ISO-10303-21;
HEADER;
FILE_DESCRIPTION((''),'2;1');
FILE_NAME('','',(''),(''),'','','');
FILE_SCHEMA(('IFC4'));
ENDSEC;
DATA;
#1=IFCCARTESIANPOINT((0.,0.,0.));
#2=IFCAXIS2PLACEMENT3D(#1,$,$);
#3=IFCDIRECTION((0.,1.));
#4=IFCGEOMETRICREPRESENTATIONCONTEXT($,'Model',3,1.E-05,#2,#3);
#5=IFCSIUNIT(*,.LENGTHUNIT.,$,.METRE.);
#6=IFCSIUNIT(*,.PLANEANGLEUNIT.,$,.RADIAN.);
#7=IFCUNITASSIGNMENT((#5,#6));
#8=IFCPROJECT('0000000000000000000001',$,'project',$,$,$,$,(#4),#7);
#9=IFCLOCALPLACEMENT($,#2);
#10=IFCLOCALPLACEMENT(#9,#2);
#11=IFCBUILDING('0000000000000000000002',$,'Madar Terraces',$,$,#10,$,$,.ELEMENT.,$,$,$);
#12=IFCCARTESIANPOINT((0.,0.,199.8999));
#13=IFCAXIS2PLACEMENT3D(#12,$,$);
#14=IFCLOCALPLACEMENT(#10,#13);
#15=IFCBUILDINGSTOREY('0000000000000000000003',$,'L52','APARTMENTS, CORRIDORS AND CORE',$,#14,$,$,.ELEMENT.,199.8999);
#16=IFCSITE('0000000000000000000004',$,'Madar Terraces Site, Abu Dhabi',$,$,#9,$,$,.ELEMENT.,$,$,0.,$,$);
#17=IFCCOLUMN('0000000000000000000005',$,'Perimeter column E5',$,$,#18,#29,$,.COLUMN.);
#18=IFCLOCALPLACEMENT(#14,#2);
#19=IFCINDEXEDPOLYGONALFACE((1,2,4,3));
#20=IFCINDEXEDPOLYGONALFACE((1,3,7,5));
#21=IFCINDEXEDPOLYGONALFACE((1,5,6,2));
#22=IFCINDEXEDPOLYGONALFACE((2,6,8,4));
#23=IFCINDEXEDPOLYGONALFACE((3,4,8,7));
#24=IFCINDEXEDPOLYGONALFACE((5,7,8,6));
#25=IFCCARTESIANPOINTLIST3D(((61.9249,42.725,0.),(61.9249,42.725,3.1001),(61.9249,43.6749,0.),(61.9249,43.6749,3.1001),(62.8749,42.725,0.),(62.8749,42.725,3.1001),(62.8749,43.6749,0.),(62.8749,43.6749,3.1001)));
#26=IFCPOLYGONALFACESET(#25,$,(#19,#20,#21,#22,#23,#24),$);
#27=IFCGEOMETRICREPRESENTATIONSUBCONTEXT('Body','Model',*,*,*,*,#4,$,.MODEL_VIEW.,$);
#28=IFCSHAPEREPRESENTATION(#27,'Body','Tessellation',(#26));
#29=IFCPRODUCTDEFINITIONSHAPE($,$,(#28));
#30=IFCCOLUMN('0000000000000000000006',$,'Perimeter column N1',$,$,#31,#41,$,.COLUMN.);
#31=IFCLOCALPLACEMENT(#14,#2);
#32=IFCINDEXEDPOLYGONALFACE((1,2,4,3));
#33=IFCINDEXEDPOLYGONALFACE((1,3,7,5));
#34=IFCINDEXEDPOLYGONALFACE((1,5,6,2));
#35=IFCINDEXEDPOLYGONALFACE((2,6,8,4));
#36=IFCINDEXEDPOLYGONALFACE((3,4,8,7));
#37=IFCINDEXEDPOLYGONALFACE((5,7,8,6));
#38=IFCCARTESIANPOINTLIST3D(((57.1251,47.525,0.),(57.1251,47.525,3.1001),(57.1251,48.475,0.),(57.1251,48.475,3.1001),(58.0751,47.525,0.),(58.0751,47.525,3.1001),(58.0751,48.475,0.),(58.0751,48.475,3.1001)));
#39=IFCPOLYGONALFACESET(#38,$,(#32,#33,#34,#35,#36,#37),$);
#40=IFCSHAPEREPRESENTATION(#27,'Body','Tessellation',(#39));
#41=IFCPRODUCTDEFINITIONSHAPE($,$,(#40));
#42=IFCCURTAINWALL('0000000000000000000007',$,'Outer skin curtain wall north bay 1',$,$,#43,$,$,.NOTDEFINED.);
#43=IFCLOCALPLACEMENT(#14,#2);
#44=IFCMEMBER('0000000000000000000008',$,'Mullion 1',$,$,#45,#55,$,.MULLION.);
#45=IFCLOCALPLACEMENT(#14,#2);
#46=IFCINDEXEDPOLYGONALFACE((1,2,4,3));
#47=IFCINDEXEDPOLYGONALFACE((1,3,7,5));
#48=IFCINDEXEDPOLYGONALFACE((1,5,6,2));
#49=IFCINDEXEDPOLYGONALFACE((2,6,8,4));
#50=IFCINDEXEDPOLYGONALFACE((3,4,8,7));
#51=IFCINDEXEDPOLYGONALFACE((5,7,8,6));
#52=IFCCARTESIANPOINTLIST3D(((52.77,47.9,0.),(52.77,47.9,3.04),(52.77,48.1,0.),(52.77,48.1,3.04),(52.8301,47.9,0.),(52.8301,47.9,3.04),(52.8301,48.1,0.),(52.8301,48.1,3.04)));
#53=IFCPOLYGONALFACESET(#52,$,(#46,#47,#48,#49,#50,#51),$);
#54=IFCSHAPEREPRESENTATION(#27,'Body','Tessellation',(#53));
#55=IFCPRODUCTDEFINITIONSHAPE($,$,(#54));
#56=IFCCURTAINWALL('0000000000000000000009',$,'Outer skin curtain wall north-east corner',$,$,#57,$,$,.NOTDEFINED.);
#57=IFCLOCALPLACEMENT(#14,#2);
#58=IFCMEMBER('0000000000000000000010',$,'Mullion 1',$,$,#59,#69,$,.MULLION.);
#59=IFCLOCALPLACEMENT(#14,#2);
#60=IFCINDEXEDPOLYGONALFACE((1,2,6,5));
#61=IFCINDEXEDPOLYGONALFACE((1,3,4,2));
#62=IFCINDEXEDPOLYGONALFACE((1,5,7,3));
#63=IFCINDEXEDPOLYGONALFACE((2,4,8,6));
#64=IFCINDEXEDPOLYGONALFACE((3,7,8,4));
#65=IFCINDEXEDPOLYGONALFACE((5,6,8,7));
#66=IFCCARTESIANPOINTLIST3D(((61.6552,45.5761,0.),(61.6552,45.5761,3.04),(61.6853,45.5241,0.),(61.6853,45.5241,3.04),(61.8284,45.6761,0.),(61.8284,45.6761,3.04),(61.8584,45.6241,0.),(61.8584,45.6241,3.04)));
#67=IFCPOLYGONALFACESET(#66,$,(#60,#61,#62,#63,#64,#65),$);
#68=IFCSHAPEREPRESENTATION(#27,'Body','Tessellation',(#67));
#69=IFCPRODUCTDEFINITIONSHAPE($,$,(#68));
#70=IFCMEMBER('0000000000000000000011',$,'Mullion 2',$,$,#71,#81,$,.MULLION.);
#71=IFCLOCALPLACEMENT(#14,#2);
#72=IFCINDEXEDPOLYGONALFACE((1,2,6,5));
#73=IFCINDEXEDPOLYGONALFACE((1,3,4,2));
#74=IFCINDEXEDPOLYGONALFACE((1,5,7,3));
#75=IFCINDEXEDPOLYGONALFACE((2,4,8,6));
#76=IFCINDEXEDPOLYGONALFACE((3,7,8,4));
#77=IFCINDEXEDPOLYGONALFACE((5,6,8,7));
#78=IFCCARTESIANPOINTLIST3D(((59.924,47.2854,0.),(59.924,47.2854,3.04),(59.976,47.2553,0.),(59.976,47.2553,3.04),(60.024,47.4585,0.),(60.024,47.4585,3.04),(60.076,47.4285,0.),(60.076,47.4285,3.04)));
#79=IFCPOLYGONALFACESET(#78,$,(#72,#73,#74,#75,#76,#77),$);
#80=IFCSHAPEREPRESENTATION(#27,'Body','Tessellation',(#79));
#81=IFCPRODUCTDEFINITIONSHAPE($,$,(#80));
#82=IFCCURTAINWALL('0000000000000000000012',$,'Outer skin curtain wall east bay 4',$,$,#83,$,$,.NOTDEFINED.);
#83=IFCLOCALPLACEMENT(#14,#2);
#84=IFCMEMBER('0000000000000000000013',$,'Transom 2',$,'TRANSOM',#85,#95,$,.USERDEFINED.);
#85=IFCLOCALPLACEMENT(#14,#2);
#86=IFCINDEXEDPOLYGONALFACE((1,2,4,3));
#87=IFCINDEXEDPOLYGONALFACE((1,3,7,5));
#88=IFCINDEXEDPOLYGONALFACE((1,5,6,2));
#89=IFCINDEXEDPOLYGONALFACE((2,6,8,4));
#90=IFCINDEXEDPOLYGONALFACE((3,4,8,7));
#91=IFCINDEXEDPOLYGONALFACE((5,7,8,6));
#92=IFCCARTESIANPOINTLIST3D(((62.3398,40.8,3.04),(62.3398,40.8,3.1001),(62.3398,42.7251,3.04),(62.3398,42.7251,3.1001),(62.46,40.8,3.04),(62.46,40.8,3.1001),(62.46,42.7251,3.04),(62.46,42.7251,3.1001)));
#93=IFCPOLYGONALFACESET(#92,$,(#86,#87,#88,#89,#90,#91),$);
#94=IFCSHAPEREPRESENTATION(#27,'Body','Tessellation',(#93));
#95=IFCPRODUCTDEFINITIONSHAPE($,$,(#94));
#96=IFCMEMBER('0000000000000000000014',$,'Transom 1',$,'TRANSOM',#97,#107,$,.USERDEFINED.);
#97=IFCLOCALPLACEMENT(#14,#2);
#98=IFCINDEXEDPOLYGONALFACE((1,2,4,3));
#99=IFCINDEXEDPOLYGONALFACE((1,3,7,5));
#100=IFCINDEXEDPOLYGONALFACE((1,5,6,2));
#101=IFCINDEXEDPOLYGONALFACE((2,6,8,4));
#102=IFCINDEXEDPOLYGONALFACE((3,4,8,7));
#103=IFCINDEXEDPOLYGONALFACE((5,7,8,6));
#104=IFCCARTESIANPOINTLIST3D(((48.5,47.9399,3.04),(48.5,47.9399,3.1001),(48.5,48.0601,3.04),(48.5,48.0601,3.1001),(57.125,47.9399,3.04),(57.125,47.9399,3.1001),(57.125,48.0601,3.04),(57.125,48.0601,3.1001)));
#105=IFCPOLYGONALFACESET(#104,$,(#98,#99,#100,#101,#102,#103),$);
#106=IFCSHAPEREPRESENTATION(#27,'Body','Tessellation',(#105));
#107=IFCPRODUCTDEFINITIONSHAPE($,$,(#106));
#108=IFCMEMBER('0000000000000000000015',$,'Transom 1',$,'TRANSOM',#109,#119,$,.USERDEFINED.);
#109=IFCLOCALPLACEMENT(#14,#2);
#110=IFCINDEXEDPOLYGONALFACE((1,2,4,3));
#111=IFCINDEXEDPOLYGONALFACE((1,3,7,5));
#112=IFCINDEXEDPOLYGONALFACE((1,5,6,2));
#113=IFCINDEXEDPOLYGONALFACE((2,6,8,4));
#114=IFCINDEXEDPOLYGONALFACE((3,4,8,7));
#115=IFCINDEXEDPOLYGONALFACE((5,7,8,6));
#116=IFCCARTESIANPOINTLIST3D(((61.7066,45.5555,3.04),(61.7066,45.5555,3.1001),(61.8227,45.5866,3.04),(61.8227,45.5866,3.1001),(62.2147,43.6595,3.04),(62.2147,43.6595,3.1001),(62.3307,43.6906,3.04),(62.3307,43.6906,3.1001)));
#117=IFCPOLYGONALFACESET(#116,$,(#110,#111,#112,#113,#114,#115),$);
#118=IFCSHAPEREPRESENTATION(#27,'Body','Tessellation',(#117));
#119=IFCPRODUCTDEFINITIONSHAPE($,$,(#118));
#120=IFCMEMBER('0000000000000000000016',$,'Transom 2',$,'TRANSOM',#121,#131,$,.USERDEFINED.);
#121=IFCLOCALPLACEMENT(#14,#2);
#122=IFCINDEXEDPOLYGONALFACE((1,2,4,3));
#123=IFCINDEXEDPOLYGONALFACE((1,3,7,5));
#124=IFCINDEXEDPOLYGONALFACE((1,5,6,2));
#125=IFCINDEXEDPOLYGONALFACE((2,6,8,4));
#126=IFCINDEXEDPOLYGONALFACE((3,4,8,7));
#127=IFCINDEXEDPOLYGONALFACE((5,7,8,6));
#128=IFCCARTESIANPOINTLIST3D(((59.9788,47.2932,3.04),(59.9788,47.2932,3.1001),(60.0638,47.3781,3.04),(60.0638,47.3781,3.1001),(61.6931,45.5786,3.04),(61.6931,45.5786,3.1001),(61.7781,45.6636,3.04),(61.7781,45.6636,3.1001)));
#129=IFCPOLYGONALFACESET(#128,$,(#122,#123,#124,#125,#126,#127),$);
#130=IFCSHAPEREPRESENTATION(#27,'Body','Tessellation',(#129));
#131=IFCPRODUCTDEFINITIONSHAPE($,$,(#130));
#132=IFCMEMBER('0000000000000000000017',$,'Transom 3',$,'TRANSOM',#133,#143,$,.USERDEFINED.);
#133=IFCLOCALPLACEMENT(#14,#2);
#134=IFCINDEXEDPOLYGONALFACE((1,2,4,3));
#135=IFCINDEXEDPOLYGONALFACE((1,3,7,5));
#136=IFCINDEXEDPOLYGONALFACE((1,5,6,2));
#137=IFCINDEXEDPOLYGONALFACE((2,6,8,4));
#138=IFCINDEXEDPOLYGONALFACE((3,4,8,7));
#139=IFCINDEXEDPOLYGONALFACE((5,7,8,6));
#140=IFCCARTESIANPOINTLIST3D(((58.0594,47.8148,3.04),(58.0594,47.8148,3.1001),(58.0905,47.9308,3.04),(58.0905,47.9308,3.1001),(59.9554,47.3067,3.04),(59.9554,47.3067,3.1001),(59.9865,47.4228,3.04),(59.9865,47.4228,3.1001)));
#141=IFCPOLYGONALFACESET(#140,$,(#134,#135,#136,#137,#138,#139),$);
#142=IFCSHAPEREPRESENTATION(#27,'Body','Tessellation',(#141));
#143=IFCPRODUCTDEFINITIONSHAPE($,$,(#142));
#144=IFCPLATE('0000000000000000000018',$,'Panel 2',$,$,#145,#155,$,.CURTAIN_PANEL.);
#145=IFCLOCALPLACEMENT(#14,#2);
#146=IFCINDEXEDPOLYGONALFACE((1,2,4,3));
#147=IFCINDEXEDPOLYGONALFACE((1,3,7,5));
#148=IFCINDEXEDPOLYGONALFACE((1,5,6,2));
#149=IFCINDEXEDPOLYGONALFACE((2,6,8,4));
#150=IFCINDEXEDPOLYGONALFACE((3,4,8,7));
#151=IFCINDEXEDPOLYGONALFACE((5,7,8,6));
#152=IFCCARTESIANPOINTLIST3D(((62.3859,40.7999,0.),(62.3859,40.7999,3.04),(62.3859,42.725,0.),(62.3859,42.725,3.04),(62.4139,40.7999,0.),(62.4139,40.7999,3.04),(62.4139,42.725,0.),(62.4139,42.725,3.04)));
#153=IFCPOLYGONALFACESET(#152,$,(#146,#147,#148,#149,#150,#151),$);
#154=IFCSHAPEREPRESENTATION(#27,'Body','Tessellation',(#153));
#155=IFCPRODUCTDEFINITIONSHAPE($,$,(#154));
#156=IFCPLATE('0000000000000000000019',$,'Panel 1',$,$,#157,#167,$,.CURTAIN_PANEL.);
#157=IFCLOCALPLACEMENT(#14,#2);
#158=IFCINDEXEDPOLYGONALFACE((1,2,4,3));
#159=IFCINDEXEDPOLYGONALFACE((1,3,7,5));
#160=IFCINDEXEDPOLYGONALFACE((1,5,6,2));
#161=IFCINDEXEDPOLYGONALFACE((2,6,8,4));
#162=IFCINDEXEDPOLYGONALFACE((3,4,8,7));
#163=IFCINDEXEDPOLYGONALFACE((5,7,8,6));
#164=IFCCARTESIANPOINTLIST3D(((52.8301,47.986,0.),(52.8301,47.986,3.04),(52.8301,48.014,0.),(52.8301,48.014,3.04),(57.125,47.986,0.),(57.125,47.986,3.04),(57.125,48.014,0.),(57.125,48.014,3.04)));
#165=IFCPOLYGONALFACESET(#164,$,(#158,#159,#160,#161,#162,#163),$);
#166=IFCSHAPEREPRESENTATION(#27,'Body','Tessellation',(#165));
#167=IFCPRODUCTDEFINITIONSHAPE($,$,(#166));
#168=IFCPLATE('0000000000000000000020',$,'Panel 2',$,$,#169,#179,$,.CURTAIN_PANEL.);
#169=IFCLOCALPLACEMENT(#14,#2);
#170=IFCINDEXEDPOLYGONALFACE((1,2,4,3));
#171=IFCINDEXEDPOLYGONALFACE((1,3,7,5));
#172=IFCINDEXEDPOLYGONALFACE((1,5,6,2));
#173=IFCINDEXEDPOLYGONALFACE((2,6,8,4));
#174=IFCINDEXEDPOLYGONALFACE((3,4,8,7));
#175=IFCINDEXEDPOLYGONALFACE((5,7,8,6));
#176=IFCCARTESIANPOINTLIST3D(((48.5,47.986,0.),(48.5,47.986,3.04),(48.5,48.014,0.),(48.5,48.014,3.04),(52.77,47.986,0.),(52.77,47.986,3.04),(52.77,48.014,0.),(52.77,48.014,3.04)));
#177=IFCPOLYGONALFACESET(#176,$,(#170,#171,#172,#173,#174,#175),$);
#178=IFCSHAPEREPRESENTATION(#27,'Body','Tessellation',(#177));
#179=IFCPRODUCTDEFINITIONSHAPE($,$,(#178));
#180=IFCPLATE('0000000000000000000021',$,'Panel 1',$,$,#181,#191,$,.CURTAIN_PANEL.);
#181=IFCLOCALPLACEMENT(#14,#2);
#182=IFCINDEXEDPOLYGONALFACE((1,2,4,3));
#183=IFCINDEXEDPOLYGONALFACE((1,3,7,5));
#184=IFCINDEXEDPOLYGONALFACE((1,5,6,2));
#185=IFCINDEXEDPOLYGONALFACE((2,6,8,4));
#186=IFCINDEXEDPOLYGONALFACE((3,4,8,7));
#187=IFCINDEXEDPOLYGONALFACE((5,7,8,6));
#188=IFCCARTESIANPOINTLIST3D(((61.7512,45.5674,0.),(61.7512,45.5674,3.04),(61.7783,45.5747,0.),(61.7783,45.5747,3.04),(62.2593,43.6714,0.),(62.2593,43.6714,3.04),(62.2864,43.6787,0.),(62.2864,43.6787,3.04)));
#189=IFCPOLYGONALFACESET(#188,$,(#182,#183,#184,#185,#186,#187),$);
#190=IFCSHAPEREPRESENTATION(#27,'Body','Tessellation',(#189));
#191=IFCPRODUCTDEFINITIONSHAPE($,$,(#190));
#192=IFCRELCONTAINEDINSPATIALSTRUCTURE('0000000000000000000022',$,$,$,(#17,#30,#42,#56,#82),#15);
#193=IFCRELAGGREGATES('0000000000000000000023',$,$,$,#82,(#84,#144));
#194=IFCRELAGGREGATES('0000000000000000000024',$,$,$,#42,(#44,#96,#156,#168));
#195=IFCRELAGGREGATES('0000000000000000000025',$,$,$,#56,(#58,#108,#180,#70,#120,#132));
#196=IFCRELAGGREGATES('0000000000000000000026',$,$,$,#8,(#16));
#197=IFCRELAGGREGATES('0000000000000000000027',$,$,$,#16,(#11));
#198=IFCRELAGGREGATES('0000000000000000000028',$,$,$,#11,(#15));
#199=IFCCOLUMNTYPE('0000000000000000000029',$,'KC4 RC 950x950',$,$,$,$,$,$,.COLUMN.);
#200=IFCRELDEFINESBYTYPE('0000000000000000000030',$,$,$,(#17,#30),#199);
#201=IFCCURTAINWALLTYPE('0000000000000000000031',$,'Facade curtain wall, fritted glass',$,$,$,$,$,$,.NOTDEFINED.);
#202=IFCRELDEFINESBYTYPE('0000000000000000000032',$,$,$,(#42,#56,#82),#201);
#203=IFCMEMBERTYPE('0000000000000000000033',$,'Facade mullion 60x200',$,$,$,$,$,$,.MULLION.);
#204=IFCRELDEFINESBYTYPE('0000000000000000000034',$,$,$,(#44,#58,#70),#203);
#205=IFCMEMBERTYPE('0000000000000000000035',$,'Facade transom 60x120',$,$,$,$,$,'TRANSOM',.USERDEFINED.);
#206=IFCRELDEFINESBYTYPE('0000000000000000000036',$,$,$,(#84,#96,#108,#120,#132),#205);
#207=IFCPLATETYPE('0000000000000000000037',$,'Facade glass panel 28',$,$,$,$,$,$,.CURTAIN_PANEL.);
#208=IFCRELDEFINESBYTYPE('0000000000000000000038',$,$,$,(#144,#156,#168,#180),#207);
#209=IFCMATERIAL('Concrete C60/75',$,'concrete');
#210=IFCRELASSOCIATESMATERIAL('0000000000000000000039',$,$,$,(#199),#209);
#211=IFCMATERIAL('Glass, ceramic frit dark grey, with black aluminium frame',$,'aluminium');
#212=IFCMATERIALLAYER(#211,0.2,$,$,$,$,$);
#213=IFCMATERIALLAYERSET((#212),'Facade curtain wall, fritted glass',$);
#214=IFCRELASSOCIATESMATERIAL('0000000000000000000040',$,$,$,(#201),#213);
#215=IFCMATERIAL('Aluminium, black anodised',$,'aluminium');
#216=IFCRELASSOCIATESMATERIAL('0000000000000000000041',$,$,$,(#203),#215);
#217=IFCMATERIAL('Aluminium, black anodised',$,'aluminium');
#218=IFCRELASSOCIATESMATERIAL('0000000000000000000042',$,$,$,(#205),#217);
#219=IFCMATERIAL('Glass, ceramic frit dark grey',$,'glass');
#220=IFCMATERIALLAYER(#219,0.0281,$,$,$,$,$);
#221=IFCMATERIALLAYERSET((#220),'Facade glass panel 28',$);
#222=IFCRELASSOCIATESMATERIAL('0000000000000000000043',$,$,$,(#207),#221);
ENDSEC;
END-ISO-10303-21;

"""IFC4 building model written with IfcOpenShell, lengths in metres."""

from ifc_helpers import new_model, si_unit, direction, frame, origin, origin_2d, place, context, subcontext, project, spatial, rectangle, extrude, material, layer, layer_set, material_profile, profile_set, type_object, element, aggregate, save


model = new_model("IFC4")

# Units and contexts
model_context = context("Model", 3, precision=1e-05, world=origin(), true_north=direction((0.0, 1.0)))
body_context = subcontext(model_context, "Body", "Model", "MODEL_VIEW")
ifc_project = project(units=[si_unit("LENGTHUNIT", "METRE"), si_unit("PLANEANGLEUNIT", "RADIAN")], contexts=[model_context])

# Site, building, storey
site_placement = place(None, origin())
site = spatial("IfcSite", under=ifc_project, at=site_placement, Name="Madar Terraces Site, Abu Dhabi", CompositionType="ELEMENT", RefElevation=0.0)
building_placement = place(site_placement, origin())
building = spatial("IfcBuilding", under=site, at=building_placement, Name="Madar Terraces", CompositionType="ELEMENT")
storey_placement = place(building_placement, frame((0.0, 0.0, 199.8999)))
storey = spatial("IfcBuildingStorey", under=building, at=storey_placement, Name="L52", Description="APARTMENTS, CORRIDORS AND CORE", CompositionType="ELEMENT", Elevation=199.8999)

# Columns
ifc_material_1 = material(Name="Concrete C60/75", Category="concrete")
ifc_material_profile_1 = material_profile(ifc_material_1, rectangle(XDim=0.95, YDim=0.95, at=origin_2d()), Name="KC4 RC 950x950")
ifc_profile_set_1 = profile_set([ifc_material_profile_1], Name="Concrete C60/75")
column_type = type_object("IfcColumnType", Name="KC4 RC 950x950", PredefinedType="COLUMN", material=ifc_profile_set_1)
for number, where, z_axis, x_axis, name in (
    (1, (62.3999, 43.2, 0.0), (0.0, 0.0, 1.0), (1.0, 0.0, 0.0), "Perimeter column E5"),
    (2, (57.6001, 48.0, 0.0), (0.0, 0.0, 1.0), (1.0, 0.0, 0.0), "Perimeter column N1"),
):
    element("IfcColumn", number, at=place(storey_placement, frame(where, z_axis=z_axis, x_axis=x_axis)), inside=storey, type_object=column_type, Name=name, PredefinedType="COLUMN", context=body_context, shape_type="SweptSolid", body=[
        extrude(rectangle(XDim=0.95, YDim=0.95, at=origin_2d()), origin(), (0.0, 0.0, 1.0), 3.1001),
    ])

# Curtain wall, member
ifc_material_2 = material(Name="Glass, ceramic frit dark grey, with black aluminium frame", Category="aluminium")
ifc_layer_1 = layer(ifc_material_2, 0.2)
ifc_layer_set_1 = layer_set([ifc_layer_1], Name="Facade curtain wall, fritted glass")
curtain_wall_type = type_object("IfcCurtainWallType", Name="Facade curtain wall, fritted glass", PredefinedType="NOTDEFINED", material=ifc_layer_set_1)
curtain_wall_1_placement = place(storey_placement, origin())
curtain_wall_1 = element("IfcCurtainWall", 3, at=curtain_wall_1_placement, inside=storey, type_object=curtain_wall_type, Name="Outer skin curtain wall north bay 1", PredefinedType="NOTDEFINED")
ifc_material_3 = material(Name="Aluminium, black anodised", Category="aluminium")
ifc_material_profile_2 = material_profile(ifc_material_3, rectangle(XDim=0.2, YDim=0.0601, at=origin_2d()), Name="Facade mullion 60x200")
ifc_profile_set_2 = profile_set([ifc_material_profile_2], Name="Aluminium, black anodised")
member_type_1 = type_object("IfcMemberType", Name="Facade mullion 60x200", PredefinedType="MULLION", material=ifc_profile_set_2)
member_1_placement = place(storey_placement, frame((52.8, 48.0, 0.0), z_axis=(0.0, 0.0, 1.0), x_axis=(0.0, -1.0, 0.0)))
member_1 = element("IfcMember", 4, at=member_1_placement, type_object=member_type_1, Name="Mullion 1", PredefinedType="MULLION", context=body_context, shape_type="SweptSolid", body=[
    extrude(rectangle(XDim=0.2, YDim=0.0601, at=origin_2d()), origin(), (0.0, 0.0, 1.0), 3.04),
])

# Curtain wall, members
curtain_wall_2_placement = place(storey_placement, origin())
curtain_wall_2 = element("IfcCurtainWall", 5, at=curtain_wall_2_placement, inside=storey, type_object=curtain_wall_type, Name="Outer skin curtain wall north-east corner", PredefinedType="NOTDEFINED")
member_2_placement = place(storey_placement, frame((61.7568, 45.6001, 0.0), z_axis=(0.0, 0.0, 1.0), x_axis=(-0.866025, -0.5, 0.0)))
member_2 = element("IfcMember", 6, at=member_2_placement, type_object=member_type_1, Name="Mullion 1", PredefinedType="MULLION", context=body_context, shape_type="SweptSolid", body=[
    extrude(rectangle(XDim=0.2, YDim=0.0601, at=origin_2d()), origin(), (0.0, 0.0, 1.0), 3.04),
])
member_3_placement = place(storey_placement, frame((60.0, 47.3569, 0.0), z_axis=(0.0, 0.0, 1.0), x_axis=(-0.5, -0.866025, 0.0)))
member_3 = element("IfcMember", 7, at=member_3_placement, type_object=member_type_1, Name="Mullion 2", PredefinedType="MULLION", context=body_context, shape_type="SweptSolid", body=[
    extrude(rectangle(XDim=0.2, YDim=0.0601, at=origin_2d()), origin(), (0.0, 0.0, 1.0), 3.04),
])

# Curtain wall, member
curtain_wall_3_placement = place(storey_placement, origin())
curtain_wall_3 = element("IfcCurtainWall", 8, at=curtain_wall_3_placement, inside=storey, type_object=curtain_wall_type, Name="Outer skin curtain wall east bay 4", PredefinedType="NOTDEFINED")
ifc_material_4 = material(Name="Aluminium, black anodised", Category="aluminium")
ifc_material_profile_3 = material_profile(ifc_material_4, rectangle(XDim=0.1201, YDim=0.0601, at=origin_2d()), Name="Facade transom 60x120")
ifc_profile_set_3 = profile_set([ifc_material_profile_3], Name="Aluminium, black anodised")
member_type_2 = type_object("IfcMemberType", Name="Facade transom 60x120", ElementType="TRANSOM", PredefinedType="USERDEFINED", material=ifc_profile_set_3)
member_4_placement = place(storey_placement, frame((62.3999, 40.8, 3.0701), z_axis=(0.0, 1.0, 0.0), x_axis=(-1.0, 0.0, 0.0)))
member_4 = element("IfcMember", 9, at=member_4_placement, type_object=member_type_2, Name="Transom 2", ObjectType="TRANSOM", PredefinedType="USERDEFINED", context=body_context, shape_type="SweptSolid", body=[
    extrude(rectangle(XDim=0.1201, YDim=0.0601, at=origin_2d()), origin(), (0.0, 0.0, 1.0), 1.925),
])

# Members
member_5_placement = place(storey_placement, frame((57.125, 48.0, 3.0701), z_axis=(-1.0, 0.0, 0.0), x_axis=(0.0, -1.0, 0.0)))
member_5 = element("IfcMember", 10, at=member_5_placement, type_object=member_type_2, Name="Transom 1", ObjectType="TRANSOM", PredefinedType="USERDEFINED", context=body_context, shape_type="SweptSolid", body=[
    extrude(rectangle(XDim=0.1201, YDim=0.0601, at=origin_2d()), origin(), (0.0, 0.0, 1.0), 8.625),
])
member_6_placement = place(storey_placement, frame((62.2727, 43.675, 3.0701), z_axis=(-0.258831, 0.965923, 0.0), x_axis=(-0.965923, -0.258831, 0.0)))
member_6 = element("IfcMember", 11, at=member_6_placement, type_object=member_type_2, Name="Transom 1", ObjectType="TRANSOM", PredefinedType="USERDEFINED", context=body_context, shape_type="SweptSolid", body=[
    extrude(rectangle(XDim=0.1201, YDim=0.0601, at=origin_2d()), origin(), (0.0, 0.0, 1.0), 1.9629),
])
member_7_placement = place(storey_placement, frame((61.7356, 45.6211, 3.0701), z_axis=(-0.707056, 0.707157, 0.0), x_axis=(-0.707157, -0.707056, 0.0)))
member_7 = element("IfcMember", 12, at=member_7_placement, type_object=member_type_2, Name="Transom 2", ObjectType="TRANSOM", PredefinedType="USERDEFINED", context=body_context, shape_type="SweptSolid", body=[
    extrude(rectangle(XDim=0.1201, YDim=0.0601, at=origin_2d()), origin(), (0.0, 0.0, 1.0), 2.4246),
])
member_8_placement = place(storey_placement, frame((59.9709, 47.3647, 3.0701), z_axis=(-0.965923, 0.258831, 0.0), x_axis=(-0.258831, -0.965923, 0.0)))
member_8 = element("IfcMember", 13, at=member_8_placement, type_object=member_type_2, Name="Transom 3", ObjectType="TRANSOM", PredefinedType="USERDEFINED", context=body_context, shape_type="SweptSolid", body=[
    extrude(rectangle(XDim=0.1201, YDim=0.0601, at=origin_2d()), origin(), (0.0, 0.0, 1.0), 1.9629),
])

# Plates
ifc_material_5 = material(Name="Glass, ceramic frit dark grey", Category="glass")
ifc_layer_2 = layer(ifc_material_5, 0.0281)
ifc_layer_set_2 = layer_set([ifc_layer_2], Name="Facade glass panel 28")
plate_type = type_object("IfcPlateType", Name="Facade glass panel 28", PredefinedType="CURTAIN_PANEL", material=ifc_layer_set_2)
plate_1_placement = place(storey_placement, frame((62.3999, 41.7625, 0.0), z_axis=(0.0, 0.0, 1.0), x_axis=(0.0, 1.0, 0.0)))
plate_1 = element("IfcPlate", 14, at=plate_1_placement, type_object=plate_type, Name="Panel 2", PredefinedType="CURTAIN_PANEL", context=body_context, shape_type="SweptSolid", body=[
    extrude(rectangle(XDim=1.925, YDim=0.0281, at=origin_2d()), origin(), (0.0, 0.0, 1.0), 3.04),
])
aggregate(curtain_wall_3, [member_4, plate_1])
plate_2_placement = place(storey_placement, frame((54.9775, 48.0, 0.0), z_axis=(0.0, 0.0, 1.0), x_axis=(-1.0, 0.0, 0.0)))
plate_2 = element("IfcPlate", 15, at=plate_2_placement, type_object=plate_type, Name="Panel 1", PredefinedType="CURTAIN_PANEL", context=body_context, shape_type="SweptSolid", body=[
    extrude(rectangle(XDim=4.2949, YDim=0.0281, at=origin_2d()), origin(), (0.0, 0.0, 1.0), 3.04),
])
plate_3_placement = place(storey_placement, frame((50.635, 48.0, 0.0), z_axis=(0.0, 0.0, 1.0), x_axis=(-1.0, 0.0, 0.0)))
plate_3 = element("IfcPlate", 16, at=plate_3_placement, type_object=plate_type, Name="Panel 2", PredefinedType="CURTAIN_PANEL", context=body_context, shape_type="SweptSolid", body=[
    extrude(rectangle(XDim=4.27, YDim=0.0281, at=origin_2d()), origin(), (0.0, 0.0, 1.0), 3.04),
])
aggregate(curtain_wall_1, [member_1, member_5, plate_2, plate_3])
plate_4_placement = place(storey_placement, frame((62.0188, 44.623, 0.0), z_axis=(0.0, 0.0, 1.0), x_axis=(-0.258819, 0.965926, 0.0)))
plate_4 = element("IfcPlate", 17, at=plate_4_placement, type_object=plate_type, Name="Panel 1", PredefinedType="CURTAIN_PANEL", context=body_context, shape_type="SweptSolid", body=[
    extrude(rectangle(XDim=1.9629, YDim=0.0281, at=origin_2d()), origin(), (0.0, 0.0, 1.0), 3.04),
])
aggregate(curtain_wall_2, [member_2, member_6, plate_4, member_3, member_7, member_8])

save(model, "model.ifc")
